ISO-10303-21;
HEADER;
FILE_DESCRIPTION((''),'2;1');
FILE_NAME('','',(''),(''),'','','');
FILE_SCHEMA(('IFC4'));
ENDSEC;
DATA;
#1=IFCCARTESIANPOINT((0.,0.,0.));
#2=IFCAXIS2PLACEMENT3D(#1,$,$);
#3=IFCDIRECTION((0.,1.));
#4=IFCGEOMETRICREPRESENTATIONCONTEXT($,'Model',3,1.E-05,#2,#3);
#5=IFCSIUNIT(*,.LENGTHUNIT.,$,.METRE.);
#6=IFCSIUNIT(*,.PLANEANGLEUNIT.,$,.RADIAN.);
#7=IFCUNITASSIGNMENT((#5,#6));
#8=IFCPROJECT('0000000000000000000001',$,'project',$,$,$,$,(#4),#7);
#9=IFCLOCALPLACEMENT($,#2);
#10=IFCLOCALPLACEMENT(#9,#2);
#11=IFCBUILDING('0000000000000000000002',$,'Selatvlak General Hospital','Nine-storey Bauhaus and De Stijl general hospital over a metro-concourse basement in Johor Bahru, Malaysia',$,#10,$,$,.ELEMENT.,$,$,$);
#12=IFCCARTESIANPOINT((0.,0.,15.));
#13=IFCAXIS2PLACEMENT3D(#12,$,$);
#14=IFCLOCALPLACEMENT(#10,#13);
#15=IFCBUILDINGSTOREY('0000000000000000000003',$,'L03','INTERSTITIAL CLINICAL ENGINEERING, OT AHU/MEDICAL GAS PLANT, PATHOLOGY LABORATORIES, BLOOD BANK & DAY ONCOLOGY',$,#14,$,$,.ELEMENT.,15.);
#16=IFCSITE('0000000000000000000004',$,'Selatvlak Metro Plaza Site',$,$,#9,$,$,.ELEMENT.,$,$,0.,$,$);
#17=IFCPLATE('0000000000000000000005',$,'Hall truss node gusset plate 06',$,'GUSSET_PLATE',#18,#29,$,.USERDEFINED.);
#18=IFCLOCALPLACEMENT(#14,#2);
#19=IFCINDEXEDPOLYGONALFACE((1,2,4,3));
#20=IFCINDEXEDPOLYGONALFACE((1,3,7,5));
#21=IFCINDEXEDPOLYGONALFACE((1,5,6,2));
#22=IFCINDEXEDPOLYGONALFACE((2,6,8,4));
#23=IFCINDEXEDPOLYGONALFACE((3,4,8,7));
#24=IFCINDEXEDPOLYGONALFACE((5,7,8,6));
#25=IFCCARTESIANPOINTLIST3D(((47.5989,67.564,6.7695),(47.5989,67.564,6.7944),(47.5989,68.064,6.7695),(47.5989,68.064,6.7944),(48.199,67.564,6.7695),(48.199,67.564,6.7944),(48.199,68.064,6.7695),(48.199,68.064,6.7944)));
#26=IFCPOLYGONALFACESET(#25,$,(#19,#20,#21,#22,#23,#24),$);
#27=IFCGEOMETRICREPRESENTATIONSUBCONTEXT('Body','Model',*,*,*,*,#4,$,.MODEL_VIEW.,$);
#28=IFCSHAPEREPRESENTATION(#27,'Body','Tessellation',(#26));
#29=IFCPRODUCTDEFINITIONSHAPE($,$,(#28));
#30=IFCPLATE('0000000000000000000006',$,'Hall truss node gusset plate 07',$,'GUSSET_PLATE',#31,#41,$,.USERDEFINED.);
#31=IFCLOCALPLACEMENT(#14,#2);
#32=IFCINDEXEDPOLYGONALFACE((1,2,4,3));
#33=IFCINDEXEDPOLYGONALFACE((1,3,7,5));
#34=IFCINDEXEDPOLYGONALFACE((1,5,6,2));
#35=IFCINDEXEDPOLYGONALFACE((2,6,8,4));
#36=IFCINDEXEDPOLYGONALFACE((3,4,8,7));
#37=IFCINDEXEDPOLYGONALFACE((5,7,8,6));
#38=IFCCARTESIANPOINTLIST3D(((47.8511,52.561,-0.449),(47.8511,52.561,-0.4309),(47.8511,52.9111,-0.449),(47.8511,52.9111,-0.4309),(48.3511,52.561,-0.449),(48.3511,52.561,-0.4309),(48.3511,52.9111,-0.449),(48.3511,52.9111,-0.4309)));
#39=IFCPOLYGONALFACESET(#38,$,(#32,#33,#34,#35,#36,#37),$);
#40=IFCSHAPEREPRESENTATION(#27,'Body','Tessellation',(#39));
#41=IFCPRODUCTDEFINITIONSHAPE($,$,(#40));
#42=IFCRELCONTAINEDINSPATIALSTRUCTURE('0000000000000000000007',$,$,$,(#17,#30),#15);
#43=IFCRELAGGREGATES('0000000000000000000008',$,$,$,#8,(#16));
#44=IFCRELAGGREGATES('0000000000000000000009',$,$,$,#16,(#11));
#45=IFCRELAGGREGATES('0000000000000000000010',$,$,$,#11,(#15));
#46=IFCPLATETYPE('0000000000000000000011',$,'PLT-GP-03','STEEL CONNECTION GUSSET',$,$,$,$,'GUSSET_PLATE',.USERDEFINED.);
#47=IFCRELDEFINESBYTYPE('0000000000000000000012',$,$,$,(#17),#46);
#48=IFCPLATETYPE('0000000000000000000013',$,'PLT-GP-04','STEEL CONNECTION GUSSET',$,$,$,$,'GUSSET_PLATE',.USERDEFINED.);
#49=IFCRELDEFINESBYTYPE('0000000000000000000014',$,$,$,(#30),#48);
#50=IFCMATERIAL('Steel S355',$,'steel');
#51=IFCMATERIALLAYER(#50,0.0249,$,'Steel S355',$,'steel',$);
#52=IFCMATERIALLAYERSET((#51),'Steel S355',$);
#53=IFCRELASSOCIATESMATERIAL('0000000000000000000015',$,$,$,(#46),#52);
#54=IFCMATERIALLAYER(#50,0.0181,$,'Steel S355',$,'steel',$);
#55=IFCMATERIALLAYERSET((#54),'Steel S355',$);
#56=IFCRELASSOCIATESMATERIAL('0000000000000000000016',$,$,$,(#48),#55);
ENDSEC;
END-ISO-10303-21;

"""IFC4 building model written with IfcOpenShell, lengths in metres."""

from ifc_helpers import new_model, si_unit, direction, frame, origin, origin_2d, place, context, subcontext, project, spatial, rectangle, extrude, material, layer, layer_set, type_object, element, save


model = new_model("IFC4")

# Units and contexts
model_context = context("Model", 3, precision=1e-05, world=origin(), true_north=direction((0.0, 1.0)))
body_context = subcontext(model_context, "Body", "Model", "MODEL_VIEW")
ifc_project = project(units=[si_unit("LENGTHUNIT", "METRE"), si_unit("PLANEANGLEUNIT", "RADIAN")], contexts=[model_context])

# Site, building, storey
site_placement = place(None, origin())
site = spatial("IfcSite", under=ifc_project, at=site_placement, Name="Selatvlak Metro Plaza Site", CompositionType="ELEMENT", RefElevation=0.0)
building_placement = place(site_placement, origin())
building = spatial("IfcBuilding", under=site, at=building_placement, Name="Selatvlak General Hospital", Description="Nine-storey Bauhaus and De Stijl general hospital over a metro-concourse basement in Johor Bahru, Malaysia", CompositionType="ELEMENT")
storey_placement = place(building_placement, frame((0.0, 0.0, 15.0)))
storey = spatial("IfcBuildingStorey", under=building, at=storey_placement, Name="L03", Description="INTERSTITIAL CLINICAL ENGINEERING, OT AHU/MEDICAL GAS PLANT, PATHOLOGY LABORATORIES, BLOOD BANK & DAY ONCOLOGY", CompositionType="ELEMENT", Elevation=15.0)

# Shared definitions
ifc_material = material(Name="Steel S355", Category="steel")

# Plates
ifc_layer_1 = layer(ifc_material, 0.0249, Name="Steel S355", Category="steel")
ifc_layer_set_1 = layer_set([ifc_layer_1], Name="Steel S355")
plate_type_1 = type_object("IfcPlateType", Name="PLT-GP-03", Description="STEEL CONNECTION GUSSET", ElementType="GUSSET_PLATE", PredefinedType="USERDEFINED", material=ifc_layer_set_1)
plate_1_placement = place(storey_placement, frame((47.8989, 67.814, 6.7695), z_axis=(0.0, 0.0, 1.0), x_axis=(1.0, 0.0, 0.0)))
element("IfcPlate", 1, at=plate_1_placement, inside=storey, type_object=plate_type_1, Name="Hall truss node gusset plate 06", ObjectType="GUSSET_PLATE", PredefinedType="USERDEFINED", context=body_context, shape_type="SweptSolid", body=[
    extrude(rectangle(XDim=0.6001, YDim=0.5, at=origin_2d()), origin(), (0.0, 0.0, 1.0), 0.0249),
])
ifc_layer_2 = layer(ifc_material, 0.0181, Name="Steel S355", Category="steel")
ifc_layer_set_2 = layer_set([ifc_layer_2], Name="Steel S355")
plate_type_2 = type_object("IfcPlateType", Name="PLT-GP-04", Description="STEEL CONNECTION GUSSET", ElementType="GUSSET_PLATE", PredefinedType="USERDEFINED", material=ifc_layer_set_2)
plate_2_placement = place(storey_placement, frame((48.1011, 52.7361, -0.449), z_axis=(0.0, 0.0, 1.0), x_axis=(1.0, 0.0, 0.0)))
element("IfcPlate", 2, at=plate_2_placement, inside=storey, type_object=plate_type_2, Name="Hall truss node gusset plate 07", ObjectType="GUSSET_PLATE", PredefinedType="USERDEFINED", context=body_context, shape_type="SweptSolid", body=[
    extrude(rectangle(XDim=0.5, YDim=0.3501, at=origin_2d()), origin(), (0.0, 0.0, 1.0), 0.0181),
])

save(model, "model.ifc")
